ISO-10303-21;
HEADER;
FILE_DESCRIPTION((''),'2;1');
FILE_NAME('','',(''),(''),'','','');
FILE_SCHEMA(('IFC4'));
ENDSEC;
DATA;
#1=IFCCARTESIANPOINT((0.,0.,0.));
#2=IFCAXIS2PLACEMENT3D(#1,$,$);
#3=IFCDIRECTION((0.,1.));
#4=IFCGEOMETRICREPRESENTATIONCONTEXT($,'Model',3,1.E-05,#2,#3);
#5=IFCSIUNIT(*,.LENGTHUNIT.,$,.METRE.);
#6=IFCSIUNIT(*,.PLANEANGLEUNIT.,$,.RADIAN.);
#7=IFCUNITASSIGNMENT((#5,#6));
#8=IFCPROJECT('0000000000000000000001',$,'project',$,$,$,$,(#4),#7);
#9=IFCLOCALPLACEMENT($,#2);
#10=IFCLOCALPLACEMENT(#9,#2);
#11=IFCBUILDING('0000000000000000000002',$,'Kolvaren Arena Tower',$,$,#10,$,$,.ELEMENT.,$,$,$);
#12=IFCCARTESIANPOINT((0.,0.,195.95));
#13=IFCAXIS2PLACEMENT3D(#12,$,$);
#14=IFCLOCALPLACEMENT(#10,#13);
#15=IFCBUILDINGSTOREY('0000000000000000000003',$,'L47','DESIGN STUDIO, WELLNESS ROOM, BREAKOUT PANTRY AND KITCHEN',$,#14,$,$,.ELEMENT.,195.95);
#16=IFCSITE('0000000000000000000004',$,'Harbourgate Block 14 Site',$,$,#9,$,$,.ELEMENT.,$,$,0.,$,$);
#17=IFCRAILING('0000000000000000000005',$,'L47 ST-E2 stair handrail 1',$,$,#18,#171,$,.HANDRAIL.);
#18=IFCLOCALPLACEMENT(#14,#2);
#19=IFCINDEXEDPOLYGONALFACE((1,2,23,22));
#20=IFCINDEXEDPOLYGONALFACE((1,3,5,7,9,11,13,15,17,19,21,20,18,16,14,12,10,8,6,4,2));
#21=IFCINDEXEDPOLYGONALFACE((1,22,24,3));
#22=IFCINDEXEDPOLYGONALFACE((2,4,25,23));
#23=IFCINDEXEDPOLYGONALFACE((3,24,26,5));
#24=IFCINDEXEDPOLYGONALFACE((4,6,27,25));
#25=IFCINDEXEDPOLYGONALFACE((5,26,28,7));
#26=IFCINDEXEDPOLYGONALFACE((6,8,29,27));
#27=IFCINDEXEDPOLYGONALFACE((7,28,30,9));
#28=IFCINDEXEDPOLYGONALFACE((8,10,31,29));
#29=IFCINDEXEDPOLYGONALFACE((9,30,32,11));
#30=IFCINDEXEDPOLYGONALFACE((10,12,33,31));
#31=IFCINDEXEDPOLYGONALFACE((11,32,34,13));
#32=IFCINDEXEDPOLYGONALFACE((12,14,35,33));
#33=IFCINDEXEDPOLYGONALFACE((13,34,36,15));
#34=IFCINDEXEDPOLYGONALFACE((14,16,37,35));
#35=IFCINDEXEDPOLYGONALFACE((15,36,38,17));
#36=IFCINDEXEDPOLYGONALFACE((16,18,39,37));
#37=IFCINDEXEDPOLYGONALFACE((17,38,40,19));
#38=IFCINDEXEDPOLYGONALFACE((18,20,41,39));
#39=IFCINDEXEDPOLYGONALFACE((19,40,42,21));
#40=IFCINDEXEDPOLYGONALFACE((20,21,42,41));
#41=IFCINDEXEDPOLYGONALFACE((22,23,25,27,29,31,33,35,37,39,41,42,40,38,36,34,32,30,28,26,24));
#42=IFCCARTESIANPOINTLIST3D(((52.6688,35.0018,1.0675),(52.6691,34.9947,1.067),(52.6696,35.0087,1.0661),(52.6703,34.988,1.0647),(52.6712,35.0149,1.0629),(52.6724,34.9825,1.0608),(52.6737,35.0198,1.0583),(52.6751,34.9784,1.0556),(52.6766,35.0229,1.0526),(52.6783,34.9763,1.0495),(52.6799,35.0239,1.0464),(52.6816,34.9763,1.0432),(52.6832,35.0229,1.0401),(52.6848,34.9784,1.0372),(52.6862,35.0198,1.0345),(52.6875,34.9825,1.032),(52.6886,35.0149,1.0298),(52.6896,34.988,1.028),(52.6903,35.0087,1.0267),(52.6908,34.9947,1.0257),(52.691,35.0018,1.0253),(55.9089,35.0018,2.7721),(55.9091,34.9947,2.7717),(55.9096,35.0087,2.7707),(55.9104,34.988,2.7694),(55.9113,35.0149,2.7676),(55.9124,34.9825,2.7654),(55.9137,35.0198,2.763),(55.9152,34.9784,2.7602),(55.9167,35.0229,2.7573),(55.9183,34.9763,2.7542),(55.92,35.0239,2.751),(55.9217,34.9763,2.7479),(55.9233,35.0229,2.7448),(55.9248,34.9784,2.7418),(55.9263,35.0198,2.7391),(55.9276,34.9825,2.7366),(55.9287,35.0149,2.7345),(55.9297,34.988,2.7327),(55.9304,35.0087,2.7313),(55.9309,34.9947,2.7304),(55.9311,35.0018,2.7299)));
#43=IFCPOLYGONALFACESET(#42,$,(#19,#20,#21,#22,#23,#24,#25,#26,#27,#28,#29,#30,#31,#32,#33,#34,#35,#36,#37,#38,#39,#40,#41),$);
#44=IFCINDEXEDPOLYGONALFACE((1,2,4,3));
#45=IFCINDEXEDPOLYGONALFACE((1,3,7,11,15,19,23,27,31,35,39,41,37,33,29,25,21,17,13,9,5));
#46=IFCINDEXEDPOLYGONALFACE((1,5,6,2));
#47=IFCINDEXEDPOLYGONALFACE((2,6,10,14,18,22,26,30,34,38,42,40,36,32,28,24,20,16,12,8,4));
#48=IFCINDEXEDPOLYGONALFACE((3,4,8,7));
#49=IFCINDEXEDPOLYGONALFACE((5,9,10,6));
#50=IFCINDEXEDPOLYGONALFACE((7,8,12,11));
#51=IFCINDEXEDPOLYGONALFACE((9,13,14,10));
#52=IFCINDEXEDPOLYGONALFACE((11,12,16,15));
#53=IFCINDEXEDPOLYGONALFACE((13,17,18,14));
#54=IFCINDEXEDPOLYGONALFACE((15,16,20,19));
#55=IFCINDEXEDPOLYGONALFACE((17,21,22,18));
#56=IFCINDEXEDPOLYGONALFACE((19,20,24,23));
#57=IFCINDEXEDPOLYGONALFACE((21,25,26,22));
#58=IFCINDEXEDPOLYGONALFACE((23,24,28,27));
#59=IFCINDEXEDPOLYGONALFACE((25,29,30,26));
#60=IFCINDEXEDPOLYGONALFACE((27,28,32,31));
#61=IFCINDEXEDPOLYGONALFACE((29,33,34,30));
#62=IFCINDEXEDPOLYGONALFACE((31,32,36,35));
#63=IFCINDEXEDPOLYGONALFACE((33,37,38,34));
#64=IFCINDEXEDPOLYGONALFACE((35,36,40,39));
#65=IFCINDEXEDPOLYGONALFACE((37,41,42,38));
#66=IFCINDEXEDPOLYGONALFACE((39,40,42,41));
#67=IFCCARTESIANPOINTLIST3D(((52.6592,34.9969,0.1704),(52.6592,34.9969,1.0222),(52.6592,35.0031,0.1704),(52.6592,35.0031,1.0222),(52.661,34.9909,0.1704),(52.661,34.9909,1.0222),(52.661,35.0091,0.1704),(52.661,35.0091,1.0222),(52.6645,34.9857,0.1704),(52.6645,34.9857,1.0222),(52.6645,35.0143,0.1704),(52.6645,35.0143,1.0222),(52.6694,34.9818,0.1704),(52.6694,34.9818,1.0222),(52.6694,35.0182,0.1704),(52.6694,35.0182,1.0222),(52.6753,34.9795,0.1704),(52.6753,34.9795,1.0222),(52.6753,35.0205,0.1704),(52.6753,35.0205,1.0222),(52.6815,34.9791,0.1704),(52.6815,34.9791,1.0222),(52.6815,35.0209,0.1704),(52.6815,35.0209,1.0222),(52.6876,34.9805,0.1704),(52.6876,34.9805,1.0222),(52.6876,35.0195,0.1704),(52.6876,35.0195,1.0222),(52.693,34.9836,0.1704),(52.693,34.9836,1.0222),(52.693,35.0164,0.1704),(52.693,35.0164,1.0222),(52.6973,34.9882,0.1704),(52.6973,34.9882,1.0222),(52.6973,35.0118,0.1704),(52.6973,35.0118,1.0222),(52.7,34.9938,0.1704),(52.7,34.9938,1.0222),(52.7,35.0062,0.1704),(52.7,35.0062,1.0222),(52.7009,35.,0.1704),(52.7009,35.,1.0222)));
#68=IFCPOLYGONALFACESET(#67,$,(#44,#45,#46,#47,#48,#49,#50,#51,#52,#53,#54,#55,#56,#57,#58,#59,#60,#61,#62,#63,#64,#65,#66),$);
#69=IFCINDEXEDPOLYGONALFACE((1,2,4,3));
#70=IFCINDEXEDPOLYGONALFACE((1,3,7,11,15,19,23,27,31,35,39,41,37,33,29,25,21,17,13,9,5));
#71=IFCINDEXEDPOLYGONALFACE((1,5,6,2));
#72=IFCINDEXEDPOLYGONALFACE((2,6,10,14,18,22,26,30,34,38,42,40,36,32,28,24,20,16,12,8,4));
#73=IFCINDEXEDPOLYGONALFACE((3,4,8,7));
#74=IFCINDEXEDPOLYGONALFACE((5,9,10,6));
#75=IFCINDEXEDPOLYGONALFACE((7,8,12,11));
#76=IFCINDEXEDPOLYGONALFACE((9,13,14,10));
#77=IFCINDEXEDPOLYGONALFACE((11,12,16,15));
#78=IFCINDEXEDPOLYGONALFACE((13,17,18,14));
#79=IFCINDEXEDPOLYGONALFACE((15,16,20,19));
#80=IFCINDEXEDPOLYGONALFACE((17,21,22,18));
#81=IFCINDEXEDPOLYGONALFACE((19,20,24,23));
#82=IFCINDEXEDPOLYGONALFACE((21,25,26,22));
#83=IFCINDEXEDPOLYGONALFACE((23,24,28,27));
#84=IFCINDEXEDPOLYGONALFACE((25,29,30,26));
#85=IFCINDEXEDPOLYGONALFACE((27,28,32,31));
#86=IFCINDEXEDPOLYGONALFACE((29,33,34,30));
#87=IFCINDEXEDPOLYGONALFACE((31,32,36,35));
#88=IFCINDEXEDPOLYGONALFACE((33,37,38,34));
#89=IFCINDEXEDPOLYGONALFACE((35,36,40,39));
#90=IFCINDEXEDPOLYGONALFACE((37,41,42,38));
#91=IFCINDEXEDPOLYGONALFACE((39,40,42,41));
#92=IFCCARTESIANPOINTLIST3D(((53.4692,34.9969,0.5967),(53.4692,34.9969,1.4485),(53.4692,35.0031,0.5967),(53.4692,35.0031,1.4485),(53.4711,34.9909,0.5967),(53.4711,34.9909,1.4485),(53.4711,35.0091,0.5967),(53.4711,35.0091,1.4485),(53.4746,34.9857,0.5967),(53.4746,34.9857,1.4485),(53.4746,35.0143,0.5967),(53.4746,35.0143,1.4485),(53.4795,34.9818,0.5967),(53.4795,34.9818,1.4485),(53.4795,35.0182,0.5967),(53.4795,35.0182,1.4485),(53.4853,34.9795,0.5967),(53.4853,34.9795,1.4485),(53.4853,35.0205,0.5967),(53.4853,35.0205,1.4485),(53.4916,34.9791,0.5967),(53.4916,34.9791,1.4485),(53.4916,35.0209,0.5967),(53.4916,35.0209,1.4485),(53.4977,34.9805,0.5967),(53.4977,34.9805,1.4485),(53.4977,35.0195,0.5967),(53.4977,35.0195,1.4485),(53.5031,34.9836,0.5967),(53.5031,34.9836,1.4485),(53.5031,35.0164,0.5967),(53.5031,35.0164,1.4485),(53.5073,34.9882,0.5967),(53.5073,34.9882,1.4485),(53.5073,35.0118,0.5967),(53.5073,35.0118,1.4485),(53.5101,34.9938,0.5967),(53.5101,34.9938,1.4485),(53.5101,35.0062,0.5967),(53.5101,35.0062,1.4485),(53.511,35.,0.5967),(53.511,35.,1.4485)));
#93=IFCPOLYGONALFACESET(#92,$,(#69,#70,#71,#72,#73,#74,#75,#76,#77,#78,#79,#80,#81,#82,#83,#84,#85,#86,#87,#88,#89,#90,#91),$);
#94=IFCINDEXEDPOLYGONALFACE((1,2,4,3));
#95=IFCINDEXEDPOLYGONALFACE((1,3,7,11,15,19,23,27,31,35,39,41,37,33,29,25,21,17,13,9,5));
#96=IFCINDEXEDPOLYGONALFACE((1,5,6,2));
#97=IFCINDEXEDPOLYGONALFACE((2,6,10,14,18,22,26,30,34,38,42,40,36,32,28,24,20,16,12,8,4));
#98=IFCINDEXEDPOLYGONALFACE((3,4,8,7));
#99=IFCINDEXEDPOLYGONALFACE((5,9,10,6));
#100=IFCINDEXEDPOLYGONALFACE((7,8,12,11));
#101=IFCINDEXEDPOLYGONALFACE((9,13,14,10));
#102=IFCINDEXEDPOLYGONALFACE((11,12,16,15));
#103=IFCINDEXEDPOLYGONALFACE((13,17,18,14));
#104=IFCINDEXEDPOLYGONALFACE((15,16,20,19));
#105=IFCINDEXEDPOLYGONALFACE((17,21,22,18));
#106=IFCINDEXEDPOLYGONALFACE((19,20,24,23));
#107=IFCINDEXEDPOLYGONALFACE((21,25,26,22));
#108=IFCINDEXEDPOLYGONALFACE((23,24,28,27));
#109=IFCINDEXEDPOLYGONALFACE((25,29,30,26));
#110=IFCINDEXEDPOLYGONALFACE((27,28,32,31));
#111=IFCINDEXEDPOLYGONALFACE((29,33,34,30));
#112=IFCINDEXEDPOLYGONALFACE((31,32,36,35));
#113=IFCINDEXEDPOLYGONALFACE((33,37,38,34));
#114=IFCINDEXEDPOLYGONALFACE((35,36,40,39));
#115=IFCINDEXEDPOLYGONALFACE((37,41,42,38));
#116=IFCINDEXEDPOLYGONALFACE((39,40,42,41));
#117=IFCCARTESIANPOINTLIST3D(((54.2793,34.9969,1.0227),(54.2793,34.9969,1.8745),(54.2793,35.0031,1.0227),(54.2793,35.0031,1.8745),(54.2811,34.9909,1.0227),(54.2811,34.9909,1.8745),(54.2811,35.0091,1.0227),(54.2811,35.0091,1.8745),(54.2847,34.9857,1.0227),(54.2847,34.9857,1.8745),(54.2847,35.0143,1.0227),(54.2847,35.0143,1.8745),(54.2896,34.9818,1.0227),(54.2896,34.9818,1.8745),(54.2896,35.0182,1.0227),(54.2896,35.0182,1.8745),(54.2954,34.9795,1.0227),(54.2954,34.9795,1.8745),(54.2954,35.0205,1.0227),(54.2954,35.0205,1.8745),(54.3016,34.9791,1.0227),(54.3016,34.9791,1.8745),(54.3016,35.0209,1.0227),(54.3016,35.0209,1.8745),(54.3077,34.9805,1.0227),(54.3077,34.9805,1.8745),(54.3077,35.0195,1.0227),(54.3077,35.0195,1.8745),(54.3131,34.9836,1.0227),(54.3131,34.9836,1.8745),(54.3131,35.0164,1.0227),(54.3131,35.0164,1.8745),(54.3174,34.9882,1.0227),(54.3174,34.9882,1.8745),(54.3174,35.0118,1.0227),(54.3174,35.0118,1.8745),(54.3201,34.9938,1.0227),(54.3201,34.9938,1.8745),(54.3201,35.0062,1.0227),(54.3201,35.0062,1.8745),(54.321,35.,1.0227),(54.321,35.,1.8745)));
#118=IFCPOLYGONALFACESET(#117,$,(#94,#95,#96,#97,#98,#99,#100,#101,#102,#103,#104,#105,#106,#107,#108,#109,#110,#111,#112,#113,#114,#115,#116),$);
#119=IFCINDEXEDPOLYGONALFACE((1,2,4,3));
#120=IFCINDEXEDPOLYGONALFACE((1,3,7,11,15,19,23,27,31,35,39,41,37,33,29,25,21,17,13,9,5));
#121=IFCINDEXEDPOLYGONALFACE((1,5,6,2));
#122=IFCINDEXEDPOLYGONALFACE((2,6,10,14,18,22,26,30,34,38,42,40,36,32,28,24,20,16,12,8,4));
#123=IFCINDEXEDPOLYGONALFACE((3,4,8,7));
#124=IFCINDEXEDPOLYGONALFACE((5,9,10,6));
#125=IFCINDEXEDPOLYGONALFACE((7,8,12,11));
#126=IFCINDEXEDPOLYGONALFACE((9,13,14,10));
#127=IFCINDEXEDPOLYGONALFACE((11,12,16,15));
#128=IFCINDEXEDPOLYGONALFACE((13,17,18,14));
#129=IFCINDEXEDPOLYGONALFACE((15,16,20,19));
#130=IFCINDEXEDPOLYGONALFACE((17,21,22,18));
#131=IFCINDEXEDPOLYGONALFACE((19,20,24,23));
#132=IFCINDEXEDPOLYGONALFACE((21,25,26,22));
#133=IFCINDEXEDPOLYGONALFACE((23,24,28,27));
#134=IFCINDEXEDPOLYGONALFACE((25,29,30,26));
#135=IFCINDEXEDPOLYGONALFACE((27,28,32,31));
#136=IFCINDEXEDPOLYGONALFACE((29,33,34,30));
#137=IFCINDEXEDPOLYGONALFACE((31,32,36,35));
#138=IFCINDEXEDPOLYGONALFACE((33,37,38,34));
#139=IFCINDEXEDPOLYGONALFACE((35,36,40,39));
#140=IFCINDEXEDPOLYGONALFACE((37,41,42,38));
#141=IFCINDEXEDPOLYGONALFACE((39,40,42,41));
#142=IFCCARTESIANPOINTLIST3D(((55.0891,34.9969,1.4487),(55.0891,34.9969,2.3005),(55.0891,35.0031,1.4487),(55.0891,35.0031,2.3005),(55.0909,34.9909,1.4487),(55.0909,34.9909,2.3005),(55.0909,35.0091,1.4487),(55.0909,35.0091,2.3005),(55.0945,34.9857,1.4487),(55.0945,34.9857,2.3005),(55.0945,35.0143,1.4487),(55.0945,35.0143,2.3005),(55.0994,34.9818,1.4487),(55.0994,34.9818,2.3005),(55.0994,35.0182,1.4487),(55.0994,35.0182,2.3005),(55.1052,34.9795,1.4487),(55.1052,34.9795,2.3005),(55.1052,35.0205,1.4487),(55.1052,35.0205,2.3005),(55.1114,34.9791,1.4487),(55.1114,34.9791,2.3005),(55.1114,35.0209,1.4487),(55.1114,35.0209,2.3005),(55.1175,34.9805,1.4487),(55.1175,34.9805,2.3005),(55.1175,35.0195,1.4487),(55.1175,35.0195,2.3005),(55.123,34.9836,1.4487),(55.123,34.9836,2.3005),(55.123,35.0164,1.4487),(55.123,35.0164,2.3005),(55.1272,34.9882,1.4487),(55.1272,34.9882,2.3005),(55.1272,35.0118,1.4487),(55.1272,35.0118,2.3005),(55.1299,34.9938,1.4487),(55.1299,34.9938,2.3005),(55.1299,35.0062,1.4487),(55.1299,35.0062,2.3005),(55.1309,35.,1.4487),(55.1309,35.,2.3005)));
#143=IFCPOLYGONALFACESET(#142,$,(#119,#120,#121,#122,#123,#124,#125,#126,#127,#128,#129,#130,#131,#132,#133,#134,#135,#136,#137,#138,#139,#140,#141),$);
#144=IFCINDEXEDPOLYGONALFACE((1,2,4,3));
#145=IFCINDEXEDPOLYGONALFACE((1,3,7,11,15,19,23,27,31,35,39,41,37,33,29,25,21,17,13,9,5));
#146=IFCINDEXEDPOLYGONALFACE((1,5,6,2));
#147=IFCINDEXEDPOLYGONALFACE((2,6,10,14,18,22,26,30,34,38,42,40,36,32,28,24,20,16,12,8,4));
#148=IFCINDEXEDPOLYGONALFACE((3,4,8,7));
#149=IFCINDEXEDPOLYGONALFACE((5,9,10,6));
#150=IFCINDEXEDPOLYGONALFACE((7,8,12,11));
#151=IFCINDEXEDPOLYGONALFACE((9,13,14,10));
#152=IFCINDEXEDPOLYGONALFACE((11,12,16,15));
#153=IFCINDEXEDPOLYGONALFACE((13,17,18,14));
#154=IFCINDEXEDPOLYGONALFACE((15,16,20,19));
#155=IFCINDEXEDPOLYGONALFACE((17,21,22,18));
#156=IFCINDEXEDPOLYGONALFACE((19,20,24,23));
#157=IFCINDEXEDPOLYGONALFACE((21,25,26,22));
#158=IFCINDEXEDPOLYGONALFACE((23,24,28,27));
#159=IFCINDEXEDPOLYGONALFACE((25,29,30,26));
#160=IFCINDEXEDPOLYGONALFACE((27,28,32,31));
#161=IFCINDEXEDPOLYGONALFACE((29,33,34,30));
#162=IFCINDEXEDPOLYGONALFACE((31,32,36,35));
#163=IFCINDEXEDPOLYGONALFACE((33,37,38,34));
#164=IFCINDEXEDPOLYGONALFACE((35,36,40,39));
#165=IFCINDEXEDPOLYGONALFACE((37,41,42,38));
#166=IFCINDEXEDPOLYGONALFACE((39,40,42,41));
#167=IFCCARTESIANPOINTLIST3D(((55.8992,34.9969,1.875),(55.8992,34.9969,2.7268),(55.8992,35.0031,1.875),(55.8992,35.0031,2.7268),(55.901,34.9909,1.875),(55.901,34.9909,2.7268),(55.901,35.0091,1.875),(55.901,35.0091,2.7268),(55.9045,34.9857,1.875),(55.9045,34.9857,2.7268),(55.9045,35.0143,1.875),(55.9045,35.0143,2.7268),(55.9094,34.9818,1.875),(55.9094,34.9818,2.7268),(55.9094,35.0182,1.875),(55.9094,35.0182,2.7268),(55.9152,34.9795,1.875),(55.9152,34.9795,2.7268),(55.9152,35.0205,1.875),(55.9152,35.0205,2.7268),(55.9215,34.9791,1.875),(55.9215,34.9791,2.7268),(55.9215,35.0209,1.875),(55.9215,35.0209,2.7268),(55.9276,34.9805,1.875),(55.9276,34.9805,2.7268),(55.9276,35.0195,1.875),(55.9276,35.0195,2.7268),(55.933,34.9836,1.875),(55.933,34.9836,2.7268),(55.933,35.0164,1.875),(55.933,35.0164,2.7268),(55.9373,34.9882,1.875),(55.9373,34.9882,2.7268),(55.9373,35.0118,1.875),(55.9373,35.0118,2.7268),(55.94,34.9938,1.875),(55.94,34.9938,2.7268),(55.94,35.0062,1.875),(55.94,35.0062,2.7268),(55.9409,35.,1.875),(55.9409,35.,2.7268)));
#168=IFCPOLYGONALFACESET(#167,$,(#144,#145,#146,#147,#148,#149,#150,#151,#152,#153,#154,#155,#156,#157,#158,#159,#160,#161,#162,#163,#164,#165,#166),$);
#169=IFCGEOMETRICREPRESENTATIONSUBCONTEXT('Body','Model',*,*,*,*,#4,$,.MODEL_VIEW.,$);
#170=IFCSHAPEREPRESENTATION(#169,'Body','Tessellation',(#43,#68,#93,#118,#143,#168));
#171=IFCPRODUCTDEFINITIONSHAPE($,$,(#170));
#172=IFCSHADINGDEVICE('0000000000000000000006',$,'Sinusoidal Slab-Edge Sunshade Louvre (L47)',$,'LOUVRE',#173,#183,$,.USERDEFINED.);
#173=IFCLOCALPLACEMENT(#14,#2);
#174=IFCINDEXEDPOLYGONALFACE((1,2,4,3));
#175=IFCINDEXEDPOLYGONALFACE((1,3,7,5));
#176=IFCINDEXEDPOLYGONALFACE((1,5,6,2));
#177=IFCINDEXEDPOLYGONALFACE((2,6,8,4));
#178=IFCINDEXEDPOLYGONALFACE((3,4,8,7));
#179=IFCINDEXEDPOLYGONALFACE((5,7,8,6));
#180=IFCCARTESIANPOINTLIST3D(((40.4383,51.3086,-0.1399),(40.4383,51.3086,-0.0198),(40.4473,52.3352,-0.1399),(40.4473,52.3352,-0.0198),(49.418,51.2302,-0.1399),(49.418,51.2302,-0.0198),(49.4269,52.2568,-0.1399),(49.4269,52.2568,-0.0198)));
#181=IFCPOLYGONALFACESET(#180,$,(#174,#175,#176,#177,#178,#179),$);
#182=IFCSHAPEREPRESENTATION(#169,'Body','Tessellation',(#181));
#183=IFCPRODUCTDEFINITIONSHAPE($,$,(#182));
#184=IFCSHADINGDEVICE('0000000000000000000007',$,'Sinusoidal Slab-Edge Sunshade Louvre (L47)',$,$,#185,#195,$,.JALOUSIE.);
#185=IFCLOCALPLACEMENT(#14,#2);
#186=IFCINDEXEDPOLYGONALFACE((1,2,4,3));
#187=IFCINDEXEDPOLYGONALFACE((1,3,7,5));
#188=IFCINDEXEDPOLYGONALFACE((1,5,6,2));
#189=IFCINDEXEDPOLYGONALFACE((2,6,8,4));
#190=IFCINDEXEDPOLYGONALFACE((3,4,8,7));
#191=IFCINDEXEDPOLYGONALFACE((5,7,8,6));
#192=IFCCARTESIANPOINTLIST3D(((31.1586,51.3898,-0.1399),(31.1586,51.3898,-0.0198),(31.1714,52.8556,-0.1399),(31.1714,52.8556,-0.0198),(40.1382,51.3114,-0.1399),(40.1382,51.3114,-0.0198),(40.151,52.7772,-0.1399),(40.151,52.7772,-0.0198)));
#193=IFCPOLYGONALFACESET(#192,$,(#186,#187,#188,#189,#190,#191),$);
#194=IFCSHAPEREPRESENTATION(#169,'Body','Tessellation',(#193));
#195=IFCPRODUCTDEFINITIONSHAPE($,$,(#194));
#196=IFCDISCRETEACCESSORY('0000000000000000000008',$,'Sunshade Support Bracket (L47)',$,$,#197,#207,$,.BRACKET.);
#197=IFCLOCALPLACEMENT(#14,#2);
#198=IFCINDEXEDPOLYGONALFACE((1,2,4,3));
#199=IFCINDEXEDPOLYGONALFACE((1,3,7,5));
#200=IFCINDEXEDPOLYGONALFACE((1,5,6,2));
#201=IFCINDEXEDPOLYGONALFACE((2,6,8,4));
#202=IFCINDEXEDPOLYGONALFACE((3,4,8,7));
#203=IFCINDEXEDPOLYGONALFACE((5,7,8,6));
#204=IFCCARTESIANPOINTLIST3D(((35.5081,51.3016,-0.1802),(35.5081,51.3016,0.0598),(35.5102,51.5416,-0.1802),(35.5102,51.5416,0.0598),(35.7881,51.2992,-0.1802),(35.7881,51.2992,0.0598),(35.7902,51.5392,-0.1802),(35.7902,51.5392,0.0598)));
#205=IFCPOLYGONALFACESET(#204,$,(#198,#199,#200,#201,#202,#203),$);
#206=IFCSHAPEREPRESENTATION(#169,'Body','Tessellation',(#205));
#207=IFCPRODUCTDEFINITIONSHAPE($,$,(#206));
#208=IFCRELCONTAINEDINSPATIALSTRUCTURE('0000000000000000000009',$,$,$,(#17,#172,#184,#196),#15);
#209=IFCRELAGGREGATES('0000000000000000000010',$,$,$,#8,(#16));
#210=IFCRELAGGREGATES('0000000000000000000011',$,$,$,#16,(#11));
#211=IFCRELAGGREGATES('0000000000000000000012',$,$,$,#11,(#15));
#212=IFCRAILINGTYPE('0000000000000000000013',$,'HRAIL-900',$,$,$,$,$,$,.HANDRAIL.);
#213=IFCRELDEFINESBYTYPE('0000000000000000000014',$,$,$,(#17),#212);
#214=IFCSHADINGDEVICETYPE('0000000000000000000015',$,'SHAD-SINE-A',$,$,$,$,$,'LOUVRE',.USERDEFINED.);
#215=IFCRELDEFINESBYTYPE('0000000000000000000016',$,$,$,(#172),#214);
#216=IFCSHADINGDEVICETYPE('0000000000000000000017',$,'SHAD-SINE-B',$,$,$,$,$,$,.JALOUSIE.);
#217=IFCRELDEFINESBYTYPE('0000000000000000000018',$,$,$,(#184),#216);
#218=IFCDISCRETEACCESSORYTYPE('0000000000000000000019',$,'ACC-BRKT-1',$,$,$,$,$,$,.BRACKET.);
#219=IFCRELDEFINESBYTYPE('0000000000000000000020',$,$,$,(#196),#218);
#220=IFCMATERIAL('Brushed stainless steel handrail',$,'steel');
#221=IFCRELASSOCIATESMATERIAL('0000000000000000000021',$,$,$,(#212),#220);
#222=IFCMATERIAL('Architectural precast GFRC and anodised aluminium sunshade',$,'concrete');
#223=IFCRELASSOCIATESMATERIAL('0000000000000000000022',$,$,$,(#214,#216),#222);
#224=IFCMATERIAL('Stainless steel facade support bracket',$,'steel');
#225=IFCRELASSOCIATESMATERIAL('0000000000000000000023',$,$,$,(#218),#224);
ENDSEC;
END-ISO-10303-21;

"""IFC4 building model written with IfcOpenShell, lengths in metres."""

from ifc_helpers import new_model, si_unit, direction, frame, origin, origin_2d, place, context, subcontext, project, spatial, rectangle, circle, extrude, material, type_object, element, save


model = new_model("IFC4")

# Units and contexts
model_context = context("Model", 3, precision=1e-05, world=origin(), true_north=direction((0.0, 1.0)))
body_context = subcontext(model_context, "Body", "Model", "MODEL_VIEW")
ifc_project = project(units=[si_unit("LENGTHUNIT", "METRE"), si_unit("PLANEANGLEUNIT", "RADIAN")], contexts=[model_context])

# Site, building, storey
site_placement = place(None, origin())
site = spatial("IfcSite", under=ifc_project, at=site_placement, Name="Harbourgate Block 14 Site", CompositionType="ELEMENT", RefElevation=0.0)
building_placement = place(site_placement, origin())
building = spatial("IfcBuilding", under=site, at=building_placement, Name="Kolvaren Arena Tower", CompositionType="ELEMENT")
storey_placement = place(building_placement, frame((0.0, 0.0, 195.95)))
storey = spatial("IfcBuildingStorey", under=building, at=storey_placement, Name="L47", Description="DESIGN STUDIO, WELLNESS ROOM, BREAKOUT PANTRY AND KITCHEN", CompositionType="ELEMENT", Elevation=195.95)

# Railing
ifc_material_1 = material(Name="Brushed stainless steel handrail", Category="steel")
railing_type_1 = type_object("IfcRailingType", Name="HRAIL-900", PredefinedType="HANDRAIL", material=ifc_material_1)
railing_1_placement = place(storey_placement, frame((52.6799, 35.0, 0.1704)))
element("IfcRailing", 1, at=railing_1_placement, inside=storey, type_object=railing_type_1, Name="L47 ST-E2 stair handrail 1", PredefinedType="HANDRAIL", context=body_context, shape_type="SweptSolid", body=[
    extrude(circle(Radius=0.0239, at=origin_2d()), frame((0.0, 0.0, 0.876), z_axis=(0.884993, 0.0, 0.465604), x_axis=(0.0, 1.0, 0.0)), (0.0, 0.0, 1.0), 3.6611),
    extrude(circle(Radius=0.021, at=origin_2d()), origin(), (0.0, 0.0, 1.0), 0.8518),
    extrude(circle(Radius=0.021, at=origin_2d()), frame((0.8101, 0.0, 0.4263)), (0.0, 0.0, 1.0), 0.8518),
    extrude(circle(Radius=0.021, at=origin_2d()), frame((1.6201, 0.0, 0.8523)), (0.0, 0.0, 1.0), 0.8518),
    extrude(circle(Radius=0.021, at=origin_2d()), frame((2.4299, 0.0, 1.2783)), (0.0, 0.0, 1.0), 0.8518),
    extrude(circle(Radius=0.021, at=origin_2d()), frame((3.24, 0.0, 1.7046)), (0.0, 0.0, 1.0), 0.8518),
])

# Shading devices
ifc_material_2 = material(Name="Architectural precast GFRC and anodised aluminium sunshade", Category="concrete")
shading_device_type_1 = type_object("IfcShadingDeviceType", Name="SHAD-SINE-A", ElementType="LOUVRE", PredefinedType="USERDEFINED", material=ifc_material_2)
shading_device_1_placement = place(storey_placement, frame((44.9326, 51.7827, -0.1399), z_axis=(0.0, 0.0, 1.0), x_axis=(0.999962, -0.008727, 0.0)))
element("IfcShadingDevice", 2, at=shading_device_1_placement, inside=storey, type_object=shading_device_type_1, Name="Sinusoidal Slab-Edge Sunshade Louvre (L47)", ObjectType="LOUVRE", PredefinedType="USERDEFINED", context=body_context, shape_type="SweptSolid", body=[
    extrude(rectangle(XDim=8.98, YDim=1.0266, at=origin_2d()), origin(), (0.0, 0.0, 1.0), 0.1201),
])
shading_device_type_2 = type_object("IfcShadingDeviceType", Name="SHAD-SINE-B", PredefinedType="JALOUSIE", material=ifc_material_2)
shading_device_2_placement = place(storey_placement, frame((35.6548, 52.0835, -0.1399), z_axis=(0.0, 0.0, 1.0), x_axis=(0.999962, -0.008727, 0.0)))
element("IfcShadingDevice", 3, at=shading_device_2_placement, inside=storey, type_object=shading_device_type_2, Name="Sinusoidal Slab-Edge Sunshade Louvre (L47)", PredefinedType="JALOUSIE", context=body_context, shape_type="SweptSolid", body=[
    extrude(rectangle(XDim=8.98, YDim=1.4658, at=origin_2d()), origin(), (0.0, 0.0, 1.0), 0.1201),
])

# Discrete accessory
ifc_material_3 = material(Name="Stainless steel facade support bracket", Category="steel")
discrete_accessory_type = type_object("IfcDiscreteAccessoryType", Name="ACC-BRKT-1", PredefinedType="BRACKET", material=ifc_material_3)
for number, where, z_axis, x_axis, name in (
    (4, (35.6492, 51.4204, -0.1802), (0.0, 0.0, 1.0), (0.999962, -0.008727, 0.0), "Sunshade Support Bracket (L47)"),
):
    element("IfcDiscreteAccessory", number, at=place(storey_placement, frame(where, z_axis=z_axis, x_axis=x_axis)), inside=storey, type_object=discrete_accessory_type, Name=name, PredefinedType="BRACKET", context=body_context, shape_type="SweptSolid", body=[
        extrude(rectangle(XDim=0.28, YDim=0.24, at=origin_2d()), origin(), (0.0, 0.0, 1.0), 0.24),
    ])

save(model, "model.ifc")
